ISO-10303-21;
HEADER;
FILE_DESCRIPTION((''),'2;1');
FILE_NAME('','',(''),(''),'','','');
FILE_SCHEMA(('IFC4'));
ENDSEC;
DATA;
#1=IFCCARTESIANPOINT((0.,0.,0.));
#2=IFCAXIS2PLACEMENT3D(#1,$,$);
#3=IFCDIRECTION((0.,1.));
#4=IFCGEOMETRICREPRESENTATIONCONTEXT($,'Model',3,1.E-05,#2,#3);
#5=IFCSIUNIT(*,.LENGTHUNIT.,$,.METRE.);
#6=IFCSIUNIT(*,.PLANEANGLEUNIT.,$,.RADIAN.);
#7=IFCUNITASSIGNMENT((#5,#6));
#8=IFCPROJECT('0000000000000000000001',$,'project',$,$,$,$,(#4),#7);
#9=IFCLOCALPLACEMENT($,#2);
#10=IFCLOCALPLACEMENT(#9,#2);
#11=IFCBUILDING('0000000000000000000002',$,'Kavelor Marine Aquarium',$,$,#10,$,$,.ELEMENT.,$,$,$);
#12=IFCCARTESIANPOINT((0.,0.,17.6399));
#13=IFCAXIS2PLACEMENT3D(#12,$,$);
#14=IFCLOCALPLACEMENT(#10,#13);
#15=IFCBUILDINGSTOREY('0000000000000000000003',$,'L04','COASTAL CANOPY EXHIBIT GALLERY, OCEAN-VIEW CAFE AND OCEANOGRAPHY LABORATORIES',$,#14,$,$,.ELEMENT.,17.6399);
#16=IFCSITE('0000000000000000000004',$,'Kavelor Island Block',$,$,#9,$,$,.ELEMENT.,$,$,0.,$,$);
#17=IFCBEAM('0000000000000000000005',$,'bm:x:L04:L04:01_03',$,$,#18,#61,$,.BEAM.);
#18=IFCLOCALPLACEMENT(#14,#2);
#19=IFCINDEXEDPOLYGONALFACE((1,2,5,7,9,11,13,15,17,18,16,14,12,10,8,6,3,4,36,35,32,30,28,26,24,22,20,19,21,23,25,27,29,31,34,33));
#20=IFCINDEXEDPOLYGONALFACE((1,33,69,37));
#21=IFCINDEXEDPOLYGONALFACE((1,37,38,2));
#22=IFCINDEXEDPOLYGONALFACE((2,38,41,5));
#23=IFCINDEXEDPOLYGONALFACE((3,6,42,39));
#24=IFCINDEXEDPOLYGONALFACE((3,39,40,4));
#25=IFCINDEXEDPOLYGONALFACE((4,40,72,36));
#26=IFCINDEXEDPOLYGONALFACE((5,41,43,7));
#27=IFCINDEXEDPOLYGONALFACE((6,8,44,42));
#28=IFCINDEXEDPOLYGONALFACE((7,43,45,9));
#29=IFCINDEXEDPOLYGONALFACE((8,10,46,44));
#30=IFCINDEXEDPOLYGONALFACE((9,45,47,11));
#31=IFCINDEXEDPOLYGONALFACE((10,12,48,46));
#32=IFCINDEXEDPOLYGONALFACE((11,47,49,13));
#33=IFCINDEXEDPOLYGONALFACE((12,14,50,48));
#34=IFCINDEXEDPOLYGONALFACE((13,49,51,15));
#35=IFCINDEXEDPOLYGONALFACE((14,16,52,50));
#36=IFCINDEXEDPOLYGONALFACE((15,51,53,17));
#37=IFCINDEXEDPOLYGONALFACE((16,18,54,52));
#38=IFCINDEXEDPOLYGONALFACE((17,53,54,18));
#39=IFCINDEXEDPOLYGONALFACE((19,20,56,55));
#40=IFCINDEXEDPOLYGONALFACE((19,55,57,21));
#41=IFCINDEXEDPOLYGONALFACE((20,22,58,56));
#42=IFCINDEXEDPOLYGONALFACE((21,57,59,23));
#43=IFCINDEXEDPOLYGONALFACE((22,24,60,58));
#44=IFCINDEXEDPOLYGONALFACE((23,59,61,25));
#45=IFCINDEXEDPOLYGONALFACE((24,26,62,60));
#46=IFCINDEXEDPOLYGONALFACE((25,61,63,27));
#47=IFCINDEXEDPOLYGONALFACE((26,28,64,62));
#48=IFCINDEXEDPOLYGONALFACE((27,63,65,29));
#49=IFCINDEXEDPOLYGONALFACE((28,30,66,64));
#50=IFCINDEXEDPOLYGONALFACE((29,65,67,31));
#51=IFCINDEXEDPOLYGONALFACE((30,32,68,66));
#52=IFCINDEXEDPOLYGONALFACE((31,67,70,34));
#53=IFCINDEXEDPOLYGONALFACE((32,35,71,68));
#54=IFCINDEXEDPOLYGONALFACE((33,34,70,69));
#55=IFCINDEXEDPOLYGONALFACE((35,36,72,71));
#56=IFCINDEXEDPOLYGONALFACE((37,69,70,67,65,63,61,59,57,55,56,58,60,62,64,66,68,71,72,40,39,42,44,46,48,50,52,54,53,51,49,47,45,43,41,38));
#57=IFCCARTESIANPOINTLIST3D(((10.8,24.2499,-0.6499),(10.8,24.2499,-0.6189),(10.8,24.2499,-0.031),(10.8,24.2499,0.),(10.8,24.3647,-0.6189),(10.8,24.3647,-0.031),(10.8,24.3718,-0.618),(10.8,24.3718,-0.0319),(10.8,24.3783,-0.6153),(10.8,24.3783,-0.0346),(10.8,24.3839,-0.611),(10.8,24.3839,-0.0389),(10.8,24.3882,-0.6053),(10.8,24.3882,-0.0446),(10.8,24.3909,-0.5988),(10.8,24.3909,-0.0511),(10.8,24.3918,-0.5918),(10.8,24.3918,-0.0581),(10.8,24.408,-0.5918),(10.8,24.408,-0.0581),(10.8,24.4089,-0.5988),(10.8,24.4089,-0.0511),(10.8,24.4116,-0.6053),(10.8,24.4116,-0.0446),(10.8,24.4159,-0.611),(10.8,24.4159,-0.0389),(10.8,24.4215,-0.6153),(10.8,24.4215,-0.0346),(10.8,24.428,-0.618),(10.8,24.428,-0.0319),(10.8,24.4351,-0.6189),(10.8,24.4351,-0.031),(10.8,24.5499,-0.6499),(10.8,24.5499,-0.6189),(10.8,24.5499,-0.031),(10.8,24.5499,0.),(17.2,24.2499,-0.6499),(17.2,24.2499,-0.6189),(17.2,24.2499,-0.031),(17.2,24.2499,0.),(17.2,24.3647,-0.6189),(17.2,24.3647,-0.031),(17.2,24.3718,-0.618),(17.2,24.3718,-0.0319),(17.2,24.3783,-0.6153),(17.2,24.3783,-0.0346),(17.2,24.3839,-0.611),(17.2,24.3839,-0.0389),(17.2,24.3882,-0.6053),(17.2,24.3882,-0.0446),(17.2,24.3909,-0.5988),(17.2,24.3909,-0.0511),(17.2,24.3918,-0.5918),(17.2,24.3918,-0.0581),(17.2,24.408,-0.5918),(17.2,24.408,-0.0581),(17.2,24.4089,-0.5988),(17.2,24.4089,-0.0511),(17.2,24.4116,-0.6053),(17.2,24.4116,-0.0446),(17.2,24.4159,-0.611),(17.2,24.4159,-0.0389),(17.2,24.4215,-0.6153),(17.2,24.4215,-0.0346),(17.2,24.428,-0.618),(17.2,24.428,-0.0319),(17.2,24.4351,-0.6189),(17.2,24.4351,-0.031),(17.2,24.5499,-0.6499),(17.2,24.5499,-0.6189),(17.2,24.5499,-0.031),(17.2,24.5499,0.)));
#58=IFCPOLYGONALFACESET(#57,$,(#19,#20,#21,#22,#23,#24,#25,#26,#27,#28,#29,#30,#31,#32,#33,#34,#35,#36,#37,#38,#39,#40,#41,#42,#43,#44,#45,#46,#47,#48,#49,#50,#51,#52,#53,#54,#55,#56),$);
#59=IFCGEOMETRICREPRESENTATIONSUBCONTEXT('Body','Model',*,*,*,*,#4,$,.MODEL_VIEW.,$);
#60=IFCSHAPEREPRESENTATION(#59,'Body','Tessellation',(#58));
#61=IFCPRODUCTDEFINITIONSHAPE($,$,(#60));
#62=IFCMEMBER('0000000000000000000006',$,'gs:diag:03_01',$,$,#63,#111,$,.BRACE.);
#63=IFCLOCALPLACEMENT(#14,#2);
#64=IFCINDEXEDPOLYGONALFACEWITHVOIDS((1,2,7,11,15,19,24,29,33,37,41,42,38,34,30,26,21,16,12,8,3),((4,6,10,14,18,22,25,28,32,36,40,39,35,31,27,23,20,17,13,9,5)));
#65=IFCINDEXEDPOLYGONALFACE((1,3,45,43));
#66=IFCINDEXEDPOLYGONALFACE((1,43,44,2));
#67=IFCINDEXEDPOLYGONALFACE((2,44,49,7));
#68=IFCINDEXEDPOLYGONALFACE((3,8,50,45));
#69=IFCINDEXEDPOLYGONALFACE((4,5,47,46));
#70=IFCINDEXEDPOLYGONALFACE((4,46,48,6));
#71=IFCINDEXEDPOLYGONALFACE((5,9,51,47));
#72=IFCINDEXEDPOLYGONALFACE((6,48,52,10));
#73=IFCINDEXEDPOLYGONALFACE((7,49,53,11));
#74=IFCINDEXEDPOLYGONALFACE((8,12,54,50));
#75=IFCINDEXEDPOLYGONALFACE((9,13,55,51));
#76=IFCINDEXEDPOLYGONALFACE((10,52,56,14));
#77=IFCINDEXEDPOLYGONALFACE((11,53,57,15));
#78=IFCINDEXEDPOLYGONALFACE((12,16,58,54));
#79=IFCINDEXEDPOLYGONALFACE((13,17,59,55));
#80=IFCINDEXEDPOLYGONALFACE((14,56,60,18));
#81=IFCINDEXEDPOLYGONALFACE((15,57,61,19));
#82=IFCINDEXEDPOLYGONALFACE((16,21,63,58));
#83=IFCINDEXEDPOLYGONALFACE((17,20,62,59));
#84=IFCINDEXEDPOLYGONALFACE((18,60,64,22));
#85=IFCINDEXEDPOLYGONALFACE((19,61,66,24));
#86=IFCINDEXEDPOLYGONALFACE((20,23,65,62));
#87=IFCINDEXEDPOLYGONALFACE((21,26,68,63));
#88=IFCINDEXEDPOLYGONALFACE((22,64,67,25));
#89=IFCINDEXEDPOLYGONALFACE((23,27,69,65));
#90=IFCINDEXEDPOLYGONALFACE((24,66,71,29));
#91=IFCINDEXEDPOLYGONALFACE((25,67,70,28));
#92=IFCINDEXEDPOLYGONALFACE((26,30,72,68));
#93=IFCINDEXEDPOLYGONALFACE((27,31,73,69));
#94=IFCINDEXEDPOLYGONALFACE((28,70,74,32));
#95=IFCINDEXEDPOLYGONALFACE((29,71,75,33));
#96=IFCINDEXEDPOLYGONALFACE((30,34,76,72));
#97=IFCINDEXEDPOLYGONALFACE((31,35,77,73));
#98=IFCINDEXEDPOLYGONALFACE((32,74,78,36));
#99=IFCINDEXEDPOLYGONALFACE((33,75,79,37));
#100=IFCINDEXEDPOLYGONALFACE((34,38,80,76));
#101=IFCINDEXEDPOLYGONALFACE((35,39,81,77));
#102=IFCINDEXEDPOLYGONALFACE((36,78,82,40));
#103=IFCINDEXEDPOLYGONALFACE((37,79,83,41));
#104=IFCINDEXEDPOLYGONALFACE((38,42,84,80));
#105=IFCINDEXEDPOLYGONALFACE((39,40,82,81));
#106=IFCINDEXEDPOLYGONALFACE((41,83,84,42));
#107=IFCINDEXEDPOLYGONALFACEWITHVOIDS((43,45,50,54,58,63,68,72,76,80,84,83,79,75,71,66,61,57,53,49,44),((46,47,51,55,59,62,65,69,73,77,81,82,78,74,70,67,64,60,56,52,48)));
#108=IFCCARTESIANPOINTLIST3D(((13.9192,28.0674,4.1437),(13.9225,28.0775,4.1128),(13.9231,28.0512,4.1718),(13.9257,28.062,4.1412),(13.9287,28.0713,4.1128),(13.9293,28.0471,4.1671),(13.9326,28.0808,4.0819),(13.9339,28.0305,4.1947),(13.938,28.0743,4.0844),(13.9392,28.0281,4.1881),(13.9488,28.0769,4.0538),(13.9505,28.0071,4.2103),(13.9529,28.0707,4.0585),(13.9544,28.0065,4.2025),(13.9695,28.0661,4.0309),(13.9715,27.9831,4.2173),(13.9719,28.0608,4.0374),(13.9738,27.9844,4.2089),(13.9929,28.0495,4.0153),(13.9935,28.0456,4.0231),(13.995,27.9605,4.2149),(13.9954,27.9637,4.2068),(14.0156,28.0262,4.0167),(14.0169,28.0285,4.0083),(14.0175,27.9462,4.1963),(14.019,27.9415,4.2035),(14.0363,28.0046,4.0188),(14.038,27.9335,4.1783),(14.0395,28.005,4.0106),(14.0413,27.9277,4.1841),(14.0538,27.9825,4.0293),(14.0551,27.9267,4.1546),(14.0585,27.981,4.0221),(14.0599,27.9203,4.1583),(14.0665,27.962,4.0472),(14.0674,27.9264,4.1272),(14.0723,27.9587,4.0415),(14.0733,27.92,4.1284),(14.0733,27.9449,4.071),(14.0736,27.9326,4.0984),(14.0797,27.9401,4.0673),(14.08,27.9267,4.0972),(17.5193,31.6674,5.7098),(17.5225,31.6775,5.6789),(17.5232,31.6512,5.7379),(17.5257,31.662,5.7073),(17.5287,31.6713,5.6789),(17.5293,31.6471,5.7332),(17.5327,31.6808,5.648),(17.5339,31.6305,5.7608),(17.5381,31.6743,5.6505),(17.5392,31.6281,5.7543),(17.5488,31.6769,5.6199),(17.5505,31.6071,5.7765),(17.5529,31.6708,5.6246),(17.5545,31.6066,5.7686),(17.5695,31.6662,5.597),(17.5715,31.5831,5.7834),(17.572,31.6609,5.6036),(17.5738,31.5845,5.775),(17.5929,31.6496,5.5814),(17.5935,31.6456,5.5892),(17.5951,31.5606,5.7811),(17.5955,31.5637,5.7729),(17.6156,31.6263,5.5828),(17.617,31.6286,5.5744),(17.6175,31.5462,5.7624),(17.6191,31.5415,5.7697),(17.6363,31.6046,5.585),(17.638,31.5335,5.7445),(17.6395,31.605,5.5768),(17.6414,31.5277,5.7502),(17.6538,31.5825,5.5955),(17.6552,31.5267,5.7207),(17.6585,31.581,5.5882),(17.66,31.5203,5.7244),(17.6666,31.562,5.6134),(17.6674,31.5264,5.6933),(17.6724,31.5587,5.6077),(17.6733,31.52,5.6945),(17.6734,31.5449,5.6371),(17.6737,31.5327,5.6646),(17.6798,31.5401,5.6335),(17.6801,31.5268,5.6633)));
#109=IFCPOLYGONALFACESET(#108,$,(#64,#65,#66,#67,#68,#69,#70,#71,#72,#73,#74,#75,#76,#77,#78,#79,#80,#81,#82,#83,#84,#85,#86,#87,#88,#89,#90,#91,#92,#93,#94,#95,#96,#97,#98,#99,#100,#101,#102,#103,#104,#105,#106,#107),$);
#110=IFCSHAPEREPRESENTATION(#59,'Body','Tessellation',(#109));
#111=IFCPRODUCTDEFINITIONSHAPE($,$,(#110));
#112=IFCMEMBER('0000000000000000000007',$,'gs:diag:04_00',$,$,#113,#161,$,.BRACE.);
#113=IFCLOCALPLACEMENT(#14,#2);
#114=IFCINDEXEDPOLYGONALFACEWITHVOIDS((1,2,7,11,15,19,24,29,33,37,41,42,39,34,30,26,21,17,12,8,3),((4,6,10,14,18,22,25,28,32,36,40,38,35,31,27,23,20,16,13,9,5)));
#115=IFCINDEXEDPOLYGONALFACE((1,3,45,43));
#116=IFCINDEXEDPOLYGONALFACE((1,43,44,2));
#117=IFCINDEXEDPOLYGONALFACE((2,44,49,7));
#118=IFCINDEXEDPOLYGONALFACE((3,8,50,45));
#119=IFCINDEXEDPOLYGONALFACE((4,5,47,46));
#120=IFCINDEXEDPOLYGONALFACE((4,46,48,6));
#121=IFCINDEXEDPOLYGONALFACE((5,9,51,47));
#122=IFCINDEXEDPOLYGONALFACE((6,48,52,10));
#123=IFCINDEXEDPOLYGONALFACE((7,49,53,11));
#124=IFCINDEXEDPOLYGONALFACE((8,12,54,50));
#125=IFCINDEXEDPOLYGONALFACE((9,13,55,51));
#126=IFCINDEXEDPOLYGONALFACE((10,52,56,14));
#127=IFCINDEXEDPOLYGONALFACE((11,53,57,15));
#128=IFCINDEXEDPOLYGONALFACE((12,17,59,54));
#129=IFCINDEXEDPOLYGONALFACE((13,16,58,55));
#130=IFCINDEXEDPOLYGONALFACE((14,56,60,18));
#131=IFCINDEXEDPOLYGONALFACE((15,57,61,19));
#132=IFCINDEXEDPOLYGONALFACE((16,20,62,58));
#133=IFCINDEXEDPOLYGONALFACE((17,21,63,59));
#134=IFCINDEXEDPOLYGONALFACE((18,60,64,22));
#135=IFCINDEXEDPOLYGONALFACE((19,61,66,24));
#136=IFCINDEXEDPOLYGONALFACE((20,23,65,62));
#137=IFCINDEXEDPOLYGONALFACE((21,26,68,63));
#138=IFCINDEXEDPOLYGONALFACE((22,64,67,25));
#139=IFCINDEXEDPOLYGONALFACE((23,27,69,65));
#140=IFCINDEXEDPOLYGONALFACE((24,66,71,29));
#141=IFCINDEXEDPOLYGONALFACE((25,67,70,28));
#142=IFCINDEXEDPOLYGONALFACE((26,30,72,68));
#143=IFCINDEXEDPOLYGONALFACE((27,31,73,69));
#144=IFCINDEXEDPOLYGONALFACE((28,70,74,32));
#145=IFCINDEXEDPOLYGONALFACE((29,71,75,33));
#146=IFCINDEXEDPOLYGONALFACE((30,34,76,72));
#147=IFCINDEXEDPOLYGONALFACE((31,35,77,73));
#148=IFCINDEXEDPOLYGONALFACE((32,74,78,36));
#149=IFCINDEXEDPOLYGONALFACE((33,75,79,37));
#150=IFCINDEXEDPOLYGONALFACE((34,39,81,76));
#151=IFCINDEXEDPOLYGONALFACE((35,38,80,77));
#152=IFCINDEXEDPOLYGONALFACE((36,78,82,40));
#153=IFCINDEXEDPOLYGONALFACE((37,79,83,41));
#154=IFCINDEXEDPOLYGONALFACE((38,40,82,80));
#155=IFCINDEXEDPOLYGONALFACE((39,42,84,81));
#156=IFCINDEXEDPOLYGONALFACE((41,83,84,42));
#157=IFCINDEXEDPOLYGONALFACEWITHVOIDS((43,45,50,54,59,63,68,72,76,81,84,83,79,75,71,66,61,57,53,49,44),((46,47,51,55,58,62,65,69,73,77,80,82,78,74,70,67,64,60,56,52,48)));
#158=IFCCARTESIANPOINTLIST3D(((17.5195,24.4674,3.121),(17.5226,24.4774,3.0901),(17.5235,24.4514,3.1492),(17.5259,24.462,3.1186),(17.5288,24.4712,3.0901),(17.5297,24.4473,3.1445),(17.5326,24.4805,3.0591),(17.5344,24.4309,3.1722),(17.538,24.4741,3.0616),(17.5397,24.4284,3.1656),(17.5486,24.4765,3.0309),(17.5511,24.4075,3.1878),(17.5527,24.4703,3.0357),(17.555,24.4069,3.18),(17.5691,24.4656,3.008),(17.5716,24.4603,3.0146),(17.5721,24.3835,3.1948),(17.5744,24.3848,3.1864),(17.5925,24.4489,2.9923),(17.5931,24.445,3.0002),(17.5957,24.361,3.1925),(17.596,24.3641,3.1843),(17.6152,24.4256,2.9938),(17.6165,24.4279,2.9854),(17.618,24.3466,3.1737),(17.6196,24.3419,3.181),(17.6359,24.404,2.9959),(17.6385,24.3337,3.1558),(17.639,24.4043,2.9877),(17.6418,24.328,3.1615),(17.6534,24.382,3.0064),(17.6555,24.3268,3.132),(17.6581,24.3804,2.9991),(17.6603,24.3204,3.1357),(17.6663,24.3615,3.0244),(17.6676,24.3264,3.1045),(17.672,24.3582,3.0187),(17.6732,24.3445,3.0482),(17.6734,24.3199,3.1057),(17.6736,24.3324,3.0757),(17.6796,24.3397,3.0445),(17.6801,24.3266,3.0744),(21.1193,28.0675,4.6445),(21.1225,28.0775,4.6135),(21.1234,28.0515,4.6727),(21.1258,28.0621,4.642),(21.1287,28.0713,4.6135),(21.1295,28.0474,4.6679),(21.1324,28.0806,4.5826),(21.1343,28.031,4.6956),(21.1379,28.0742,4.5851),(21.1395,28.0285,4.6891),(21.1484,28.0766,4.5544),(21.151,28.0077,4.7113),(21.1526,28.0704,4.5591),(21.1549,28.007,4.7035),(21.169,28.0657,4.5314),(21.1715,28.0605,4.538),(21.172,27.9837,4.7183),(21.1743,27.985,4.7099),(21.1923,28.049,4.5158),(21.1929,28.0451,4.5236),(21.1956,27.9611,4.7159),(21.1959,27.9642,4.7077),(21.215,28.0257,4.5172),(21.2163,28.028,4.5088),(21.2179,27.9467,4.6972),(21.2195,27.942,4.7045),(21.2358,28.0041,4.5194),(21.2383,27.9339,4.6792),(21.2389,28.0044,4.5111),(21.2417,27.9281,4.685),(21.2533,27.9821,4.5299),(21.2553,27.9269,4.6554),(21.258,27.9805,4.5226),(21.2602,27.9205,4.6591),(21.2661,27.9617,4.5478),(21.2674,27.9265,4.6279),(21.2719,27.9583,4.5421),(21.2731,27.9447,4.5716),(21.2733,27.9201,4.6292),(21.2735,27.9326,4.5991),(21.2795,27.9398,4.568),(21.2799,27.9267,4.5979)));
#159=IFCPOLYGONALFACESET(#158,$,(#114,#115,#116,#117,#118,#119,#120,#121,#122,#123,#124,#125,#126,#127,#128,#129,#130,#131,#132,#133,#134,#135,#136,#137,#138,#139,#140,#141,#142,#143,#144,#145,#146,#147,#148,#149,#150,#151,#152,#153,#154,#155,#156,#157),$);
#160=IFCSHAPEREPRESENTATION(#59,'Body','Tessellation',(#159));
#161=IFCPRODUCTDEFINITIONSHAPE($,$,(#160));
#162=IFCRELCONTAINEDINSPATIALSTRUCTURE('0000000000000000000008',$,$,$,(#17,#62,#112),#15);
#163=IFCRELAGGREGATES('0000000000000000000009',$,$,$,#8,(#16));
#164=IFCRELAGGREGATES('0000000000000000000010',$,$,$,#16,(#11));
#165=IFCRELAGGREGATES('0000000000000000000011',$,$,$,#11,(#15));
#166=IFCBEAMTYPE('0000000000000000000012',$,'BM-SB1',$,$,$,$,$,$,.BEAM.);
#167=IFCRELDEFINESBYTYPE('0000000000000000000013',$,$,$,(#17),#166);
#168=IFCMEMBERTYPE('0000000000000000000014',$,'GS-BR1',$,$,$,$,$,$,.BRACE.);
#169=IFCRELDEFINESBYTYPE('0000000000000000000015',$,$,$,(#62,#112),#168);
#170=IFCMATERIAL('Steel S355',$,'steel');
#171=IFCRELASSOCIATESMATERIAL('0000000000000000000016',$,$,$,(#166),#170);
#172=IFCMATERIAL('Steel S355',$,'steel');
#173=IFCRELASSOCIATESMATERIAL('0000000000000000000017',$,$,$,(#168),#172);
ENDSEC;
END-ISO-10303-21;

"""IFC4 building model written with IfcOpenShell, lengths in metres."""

from ifc_helpers import new_model, si_unit, direction, frame, origin, origin_2d, place, context, subcontext, project, spatial, hollow_circle, i_section, extrude, material, material_profile, profile_set, type_object, element, save


model = new_model("IFC4")

# Units and contexts
model_context = context("Model", 3, precision=1e-05, world=origin(), true_north=direction((0.0, 1.0)))
body_context = subcontext(model_context, "Body", "Model", "MODEL_VIEW")
ifc_project = project(units=[si_unit("LENGTHUNIT", "METRE"), si_unit("PLANEANGLEUNIT", "RADIAN")], contexts=[model_context])

# Site, building, storey
site_placement = place(None, origin())
site = spatial("IfcSite", under=ifc_project, at=site_placement, Name="Kavelor Island Block", CompositionType="ELEMENT", RefElevation=0.0)
building_placement = place(site_placement, origin())
building = spatial("IfcBuilding", under=site, at=building_placement, Name="Kavelor Marine Aquarium", CompositionType="ELEMENT")
storey_placement = place(building_placement, frame((0.0, 0.0, 17.6399)))
storey = spatial("IfcBuildingStorey", under=building, at=storey_placement, Name="L04", Description="COASTAL CANOPY EXHIBIT GALLERY, OCEAN-VIEW CAFE AND OCEANOGRAPHY LABORATORIES", CompositionType="ELEMENT", Elevation=17.6399)

# Beam
ifc_material_1 = material(Name="Steel S355", Category="steel")
ifc_material_profile_1 = material_profile(ifc_material_1, i_section(OverallWidth=0.3, OverallDepth=0.6499, WebThickness=0.0161, FlangeThickness=0.031, FilletRadius=0.0271, at=origin_2d()), Name="HEB 650")
ifc_profile_set_1 = profile_set([ifc_material_profile_1], Name="Steel S355")
beam_type = type_object("IfcBeamType", Name="BM-SB1", PredefinedType="BEAM", material=ifc_profile_set_1)
beam_placement = place(storey_placement, frame((10.8, 24.3999, -0.325), z_axis=(1.0, 0.0, 0.0), x_axis=(0.0, 1.0, 0.0)))
element("IfcBeam", 1, at=beam_placement, inside=storey, type_object=beam_type, Name="bm:x:L04:L04:01_03", PredefinedType="BEAM", context=body_context, shape_type="SweptSolid", body=[
    extrude(i_section(OverallWidth=0.3, OverallDepth=0.6499, WebThickness=0.0161, FlangeThickness=0.031, FilletRadius=0.0271, at=origin_2d()), origin(), (0.0, 0.0, 1.0), 6.3999),
])

# Members
ifc_material_2 = material(Name="Steel S355", Category="steel")
ifc_material_profile_2 = material_profile(ifc_material_2, hollow_circle(Radius=0.1096, WallThickness=0.0088, at=origin_2d()), Name="CHS 219.1x8.8")
ifc_profile_set_2 = profile_set([ifc_material_profile_2], Name="Steel S355")
member_type_1 = type_object("IfcMemberType", Name="GS-BR1", PredefinedType="BRACE", material=ifc_profile_set_2)
member_1_placement = place(storey_placement, frame((14.0, 28.0, 4.1128), z_axis=(0.675853, 0.675853, 0.294018), x_axis=(-0.707107, 0.707107, 0.0)))
element("IfcMember", 2, at=member_1_placement, inside=storey, type_object=member_type_1, Name="gs:diag:03_01", PredefinedType="BRACE", context=body_context, shape_type="SweptSolid", body=[
    extrude(hollow_circle(Radius=0.1096, WallThickness=0.0088, at=origin_2d()), origin(), (0.0, 0.0, 1.0), 5.3267),
])
member_2_placement = place(storey_placement, frame((17.6001, 24.3999, 3.0901), z_axis=(0.677405, 0.677451, 0.286674), x_axis=(-0.707131, 0.707083, 0.0)))
element("IfcMember", 3, at=member_2_placement, inside=storey, type_object=member_type_1, Name="gs:diag:04_00", PredefinedType="BRACE", context=body_context, shape_type="SweptSolid", body=[
    extrude(hollow_circle(Radius=0.1096, WallThickness=0.0088, at=origin_2d()), origin(), (0.0, 0.0, 1.0), 5.3142),
])

save(model, "model.ifc")
